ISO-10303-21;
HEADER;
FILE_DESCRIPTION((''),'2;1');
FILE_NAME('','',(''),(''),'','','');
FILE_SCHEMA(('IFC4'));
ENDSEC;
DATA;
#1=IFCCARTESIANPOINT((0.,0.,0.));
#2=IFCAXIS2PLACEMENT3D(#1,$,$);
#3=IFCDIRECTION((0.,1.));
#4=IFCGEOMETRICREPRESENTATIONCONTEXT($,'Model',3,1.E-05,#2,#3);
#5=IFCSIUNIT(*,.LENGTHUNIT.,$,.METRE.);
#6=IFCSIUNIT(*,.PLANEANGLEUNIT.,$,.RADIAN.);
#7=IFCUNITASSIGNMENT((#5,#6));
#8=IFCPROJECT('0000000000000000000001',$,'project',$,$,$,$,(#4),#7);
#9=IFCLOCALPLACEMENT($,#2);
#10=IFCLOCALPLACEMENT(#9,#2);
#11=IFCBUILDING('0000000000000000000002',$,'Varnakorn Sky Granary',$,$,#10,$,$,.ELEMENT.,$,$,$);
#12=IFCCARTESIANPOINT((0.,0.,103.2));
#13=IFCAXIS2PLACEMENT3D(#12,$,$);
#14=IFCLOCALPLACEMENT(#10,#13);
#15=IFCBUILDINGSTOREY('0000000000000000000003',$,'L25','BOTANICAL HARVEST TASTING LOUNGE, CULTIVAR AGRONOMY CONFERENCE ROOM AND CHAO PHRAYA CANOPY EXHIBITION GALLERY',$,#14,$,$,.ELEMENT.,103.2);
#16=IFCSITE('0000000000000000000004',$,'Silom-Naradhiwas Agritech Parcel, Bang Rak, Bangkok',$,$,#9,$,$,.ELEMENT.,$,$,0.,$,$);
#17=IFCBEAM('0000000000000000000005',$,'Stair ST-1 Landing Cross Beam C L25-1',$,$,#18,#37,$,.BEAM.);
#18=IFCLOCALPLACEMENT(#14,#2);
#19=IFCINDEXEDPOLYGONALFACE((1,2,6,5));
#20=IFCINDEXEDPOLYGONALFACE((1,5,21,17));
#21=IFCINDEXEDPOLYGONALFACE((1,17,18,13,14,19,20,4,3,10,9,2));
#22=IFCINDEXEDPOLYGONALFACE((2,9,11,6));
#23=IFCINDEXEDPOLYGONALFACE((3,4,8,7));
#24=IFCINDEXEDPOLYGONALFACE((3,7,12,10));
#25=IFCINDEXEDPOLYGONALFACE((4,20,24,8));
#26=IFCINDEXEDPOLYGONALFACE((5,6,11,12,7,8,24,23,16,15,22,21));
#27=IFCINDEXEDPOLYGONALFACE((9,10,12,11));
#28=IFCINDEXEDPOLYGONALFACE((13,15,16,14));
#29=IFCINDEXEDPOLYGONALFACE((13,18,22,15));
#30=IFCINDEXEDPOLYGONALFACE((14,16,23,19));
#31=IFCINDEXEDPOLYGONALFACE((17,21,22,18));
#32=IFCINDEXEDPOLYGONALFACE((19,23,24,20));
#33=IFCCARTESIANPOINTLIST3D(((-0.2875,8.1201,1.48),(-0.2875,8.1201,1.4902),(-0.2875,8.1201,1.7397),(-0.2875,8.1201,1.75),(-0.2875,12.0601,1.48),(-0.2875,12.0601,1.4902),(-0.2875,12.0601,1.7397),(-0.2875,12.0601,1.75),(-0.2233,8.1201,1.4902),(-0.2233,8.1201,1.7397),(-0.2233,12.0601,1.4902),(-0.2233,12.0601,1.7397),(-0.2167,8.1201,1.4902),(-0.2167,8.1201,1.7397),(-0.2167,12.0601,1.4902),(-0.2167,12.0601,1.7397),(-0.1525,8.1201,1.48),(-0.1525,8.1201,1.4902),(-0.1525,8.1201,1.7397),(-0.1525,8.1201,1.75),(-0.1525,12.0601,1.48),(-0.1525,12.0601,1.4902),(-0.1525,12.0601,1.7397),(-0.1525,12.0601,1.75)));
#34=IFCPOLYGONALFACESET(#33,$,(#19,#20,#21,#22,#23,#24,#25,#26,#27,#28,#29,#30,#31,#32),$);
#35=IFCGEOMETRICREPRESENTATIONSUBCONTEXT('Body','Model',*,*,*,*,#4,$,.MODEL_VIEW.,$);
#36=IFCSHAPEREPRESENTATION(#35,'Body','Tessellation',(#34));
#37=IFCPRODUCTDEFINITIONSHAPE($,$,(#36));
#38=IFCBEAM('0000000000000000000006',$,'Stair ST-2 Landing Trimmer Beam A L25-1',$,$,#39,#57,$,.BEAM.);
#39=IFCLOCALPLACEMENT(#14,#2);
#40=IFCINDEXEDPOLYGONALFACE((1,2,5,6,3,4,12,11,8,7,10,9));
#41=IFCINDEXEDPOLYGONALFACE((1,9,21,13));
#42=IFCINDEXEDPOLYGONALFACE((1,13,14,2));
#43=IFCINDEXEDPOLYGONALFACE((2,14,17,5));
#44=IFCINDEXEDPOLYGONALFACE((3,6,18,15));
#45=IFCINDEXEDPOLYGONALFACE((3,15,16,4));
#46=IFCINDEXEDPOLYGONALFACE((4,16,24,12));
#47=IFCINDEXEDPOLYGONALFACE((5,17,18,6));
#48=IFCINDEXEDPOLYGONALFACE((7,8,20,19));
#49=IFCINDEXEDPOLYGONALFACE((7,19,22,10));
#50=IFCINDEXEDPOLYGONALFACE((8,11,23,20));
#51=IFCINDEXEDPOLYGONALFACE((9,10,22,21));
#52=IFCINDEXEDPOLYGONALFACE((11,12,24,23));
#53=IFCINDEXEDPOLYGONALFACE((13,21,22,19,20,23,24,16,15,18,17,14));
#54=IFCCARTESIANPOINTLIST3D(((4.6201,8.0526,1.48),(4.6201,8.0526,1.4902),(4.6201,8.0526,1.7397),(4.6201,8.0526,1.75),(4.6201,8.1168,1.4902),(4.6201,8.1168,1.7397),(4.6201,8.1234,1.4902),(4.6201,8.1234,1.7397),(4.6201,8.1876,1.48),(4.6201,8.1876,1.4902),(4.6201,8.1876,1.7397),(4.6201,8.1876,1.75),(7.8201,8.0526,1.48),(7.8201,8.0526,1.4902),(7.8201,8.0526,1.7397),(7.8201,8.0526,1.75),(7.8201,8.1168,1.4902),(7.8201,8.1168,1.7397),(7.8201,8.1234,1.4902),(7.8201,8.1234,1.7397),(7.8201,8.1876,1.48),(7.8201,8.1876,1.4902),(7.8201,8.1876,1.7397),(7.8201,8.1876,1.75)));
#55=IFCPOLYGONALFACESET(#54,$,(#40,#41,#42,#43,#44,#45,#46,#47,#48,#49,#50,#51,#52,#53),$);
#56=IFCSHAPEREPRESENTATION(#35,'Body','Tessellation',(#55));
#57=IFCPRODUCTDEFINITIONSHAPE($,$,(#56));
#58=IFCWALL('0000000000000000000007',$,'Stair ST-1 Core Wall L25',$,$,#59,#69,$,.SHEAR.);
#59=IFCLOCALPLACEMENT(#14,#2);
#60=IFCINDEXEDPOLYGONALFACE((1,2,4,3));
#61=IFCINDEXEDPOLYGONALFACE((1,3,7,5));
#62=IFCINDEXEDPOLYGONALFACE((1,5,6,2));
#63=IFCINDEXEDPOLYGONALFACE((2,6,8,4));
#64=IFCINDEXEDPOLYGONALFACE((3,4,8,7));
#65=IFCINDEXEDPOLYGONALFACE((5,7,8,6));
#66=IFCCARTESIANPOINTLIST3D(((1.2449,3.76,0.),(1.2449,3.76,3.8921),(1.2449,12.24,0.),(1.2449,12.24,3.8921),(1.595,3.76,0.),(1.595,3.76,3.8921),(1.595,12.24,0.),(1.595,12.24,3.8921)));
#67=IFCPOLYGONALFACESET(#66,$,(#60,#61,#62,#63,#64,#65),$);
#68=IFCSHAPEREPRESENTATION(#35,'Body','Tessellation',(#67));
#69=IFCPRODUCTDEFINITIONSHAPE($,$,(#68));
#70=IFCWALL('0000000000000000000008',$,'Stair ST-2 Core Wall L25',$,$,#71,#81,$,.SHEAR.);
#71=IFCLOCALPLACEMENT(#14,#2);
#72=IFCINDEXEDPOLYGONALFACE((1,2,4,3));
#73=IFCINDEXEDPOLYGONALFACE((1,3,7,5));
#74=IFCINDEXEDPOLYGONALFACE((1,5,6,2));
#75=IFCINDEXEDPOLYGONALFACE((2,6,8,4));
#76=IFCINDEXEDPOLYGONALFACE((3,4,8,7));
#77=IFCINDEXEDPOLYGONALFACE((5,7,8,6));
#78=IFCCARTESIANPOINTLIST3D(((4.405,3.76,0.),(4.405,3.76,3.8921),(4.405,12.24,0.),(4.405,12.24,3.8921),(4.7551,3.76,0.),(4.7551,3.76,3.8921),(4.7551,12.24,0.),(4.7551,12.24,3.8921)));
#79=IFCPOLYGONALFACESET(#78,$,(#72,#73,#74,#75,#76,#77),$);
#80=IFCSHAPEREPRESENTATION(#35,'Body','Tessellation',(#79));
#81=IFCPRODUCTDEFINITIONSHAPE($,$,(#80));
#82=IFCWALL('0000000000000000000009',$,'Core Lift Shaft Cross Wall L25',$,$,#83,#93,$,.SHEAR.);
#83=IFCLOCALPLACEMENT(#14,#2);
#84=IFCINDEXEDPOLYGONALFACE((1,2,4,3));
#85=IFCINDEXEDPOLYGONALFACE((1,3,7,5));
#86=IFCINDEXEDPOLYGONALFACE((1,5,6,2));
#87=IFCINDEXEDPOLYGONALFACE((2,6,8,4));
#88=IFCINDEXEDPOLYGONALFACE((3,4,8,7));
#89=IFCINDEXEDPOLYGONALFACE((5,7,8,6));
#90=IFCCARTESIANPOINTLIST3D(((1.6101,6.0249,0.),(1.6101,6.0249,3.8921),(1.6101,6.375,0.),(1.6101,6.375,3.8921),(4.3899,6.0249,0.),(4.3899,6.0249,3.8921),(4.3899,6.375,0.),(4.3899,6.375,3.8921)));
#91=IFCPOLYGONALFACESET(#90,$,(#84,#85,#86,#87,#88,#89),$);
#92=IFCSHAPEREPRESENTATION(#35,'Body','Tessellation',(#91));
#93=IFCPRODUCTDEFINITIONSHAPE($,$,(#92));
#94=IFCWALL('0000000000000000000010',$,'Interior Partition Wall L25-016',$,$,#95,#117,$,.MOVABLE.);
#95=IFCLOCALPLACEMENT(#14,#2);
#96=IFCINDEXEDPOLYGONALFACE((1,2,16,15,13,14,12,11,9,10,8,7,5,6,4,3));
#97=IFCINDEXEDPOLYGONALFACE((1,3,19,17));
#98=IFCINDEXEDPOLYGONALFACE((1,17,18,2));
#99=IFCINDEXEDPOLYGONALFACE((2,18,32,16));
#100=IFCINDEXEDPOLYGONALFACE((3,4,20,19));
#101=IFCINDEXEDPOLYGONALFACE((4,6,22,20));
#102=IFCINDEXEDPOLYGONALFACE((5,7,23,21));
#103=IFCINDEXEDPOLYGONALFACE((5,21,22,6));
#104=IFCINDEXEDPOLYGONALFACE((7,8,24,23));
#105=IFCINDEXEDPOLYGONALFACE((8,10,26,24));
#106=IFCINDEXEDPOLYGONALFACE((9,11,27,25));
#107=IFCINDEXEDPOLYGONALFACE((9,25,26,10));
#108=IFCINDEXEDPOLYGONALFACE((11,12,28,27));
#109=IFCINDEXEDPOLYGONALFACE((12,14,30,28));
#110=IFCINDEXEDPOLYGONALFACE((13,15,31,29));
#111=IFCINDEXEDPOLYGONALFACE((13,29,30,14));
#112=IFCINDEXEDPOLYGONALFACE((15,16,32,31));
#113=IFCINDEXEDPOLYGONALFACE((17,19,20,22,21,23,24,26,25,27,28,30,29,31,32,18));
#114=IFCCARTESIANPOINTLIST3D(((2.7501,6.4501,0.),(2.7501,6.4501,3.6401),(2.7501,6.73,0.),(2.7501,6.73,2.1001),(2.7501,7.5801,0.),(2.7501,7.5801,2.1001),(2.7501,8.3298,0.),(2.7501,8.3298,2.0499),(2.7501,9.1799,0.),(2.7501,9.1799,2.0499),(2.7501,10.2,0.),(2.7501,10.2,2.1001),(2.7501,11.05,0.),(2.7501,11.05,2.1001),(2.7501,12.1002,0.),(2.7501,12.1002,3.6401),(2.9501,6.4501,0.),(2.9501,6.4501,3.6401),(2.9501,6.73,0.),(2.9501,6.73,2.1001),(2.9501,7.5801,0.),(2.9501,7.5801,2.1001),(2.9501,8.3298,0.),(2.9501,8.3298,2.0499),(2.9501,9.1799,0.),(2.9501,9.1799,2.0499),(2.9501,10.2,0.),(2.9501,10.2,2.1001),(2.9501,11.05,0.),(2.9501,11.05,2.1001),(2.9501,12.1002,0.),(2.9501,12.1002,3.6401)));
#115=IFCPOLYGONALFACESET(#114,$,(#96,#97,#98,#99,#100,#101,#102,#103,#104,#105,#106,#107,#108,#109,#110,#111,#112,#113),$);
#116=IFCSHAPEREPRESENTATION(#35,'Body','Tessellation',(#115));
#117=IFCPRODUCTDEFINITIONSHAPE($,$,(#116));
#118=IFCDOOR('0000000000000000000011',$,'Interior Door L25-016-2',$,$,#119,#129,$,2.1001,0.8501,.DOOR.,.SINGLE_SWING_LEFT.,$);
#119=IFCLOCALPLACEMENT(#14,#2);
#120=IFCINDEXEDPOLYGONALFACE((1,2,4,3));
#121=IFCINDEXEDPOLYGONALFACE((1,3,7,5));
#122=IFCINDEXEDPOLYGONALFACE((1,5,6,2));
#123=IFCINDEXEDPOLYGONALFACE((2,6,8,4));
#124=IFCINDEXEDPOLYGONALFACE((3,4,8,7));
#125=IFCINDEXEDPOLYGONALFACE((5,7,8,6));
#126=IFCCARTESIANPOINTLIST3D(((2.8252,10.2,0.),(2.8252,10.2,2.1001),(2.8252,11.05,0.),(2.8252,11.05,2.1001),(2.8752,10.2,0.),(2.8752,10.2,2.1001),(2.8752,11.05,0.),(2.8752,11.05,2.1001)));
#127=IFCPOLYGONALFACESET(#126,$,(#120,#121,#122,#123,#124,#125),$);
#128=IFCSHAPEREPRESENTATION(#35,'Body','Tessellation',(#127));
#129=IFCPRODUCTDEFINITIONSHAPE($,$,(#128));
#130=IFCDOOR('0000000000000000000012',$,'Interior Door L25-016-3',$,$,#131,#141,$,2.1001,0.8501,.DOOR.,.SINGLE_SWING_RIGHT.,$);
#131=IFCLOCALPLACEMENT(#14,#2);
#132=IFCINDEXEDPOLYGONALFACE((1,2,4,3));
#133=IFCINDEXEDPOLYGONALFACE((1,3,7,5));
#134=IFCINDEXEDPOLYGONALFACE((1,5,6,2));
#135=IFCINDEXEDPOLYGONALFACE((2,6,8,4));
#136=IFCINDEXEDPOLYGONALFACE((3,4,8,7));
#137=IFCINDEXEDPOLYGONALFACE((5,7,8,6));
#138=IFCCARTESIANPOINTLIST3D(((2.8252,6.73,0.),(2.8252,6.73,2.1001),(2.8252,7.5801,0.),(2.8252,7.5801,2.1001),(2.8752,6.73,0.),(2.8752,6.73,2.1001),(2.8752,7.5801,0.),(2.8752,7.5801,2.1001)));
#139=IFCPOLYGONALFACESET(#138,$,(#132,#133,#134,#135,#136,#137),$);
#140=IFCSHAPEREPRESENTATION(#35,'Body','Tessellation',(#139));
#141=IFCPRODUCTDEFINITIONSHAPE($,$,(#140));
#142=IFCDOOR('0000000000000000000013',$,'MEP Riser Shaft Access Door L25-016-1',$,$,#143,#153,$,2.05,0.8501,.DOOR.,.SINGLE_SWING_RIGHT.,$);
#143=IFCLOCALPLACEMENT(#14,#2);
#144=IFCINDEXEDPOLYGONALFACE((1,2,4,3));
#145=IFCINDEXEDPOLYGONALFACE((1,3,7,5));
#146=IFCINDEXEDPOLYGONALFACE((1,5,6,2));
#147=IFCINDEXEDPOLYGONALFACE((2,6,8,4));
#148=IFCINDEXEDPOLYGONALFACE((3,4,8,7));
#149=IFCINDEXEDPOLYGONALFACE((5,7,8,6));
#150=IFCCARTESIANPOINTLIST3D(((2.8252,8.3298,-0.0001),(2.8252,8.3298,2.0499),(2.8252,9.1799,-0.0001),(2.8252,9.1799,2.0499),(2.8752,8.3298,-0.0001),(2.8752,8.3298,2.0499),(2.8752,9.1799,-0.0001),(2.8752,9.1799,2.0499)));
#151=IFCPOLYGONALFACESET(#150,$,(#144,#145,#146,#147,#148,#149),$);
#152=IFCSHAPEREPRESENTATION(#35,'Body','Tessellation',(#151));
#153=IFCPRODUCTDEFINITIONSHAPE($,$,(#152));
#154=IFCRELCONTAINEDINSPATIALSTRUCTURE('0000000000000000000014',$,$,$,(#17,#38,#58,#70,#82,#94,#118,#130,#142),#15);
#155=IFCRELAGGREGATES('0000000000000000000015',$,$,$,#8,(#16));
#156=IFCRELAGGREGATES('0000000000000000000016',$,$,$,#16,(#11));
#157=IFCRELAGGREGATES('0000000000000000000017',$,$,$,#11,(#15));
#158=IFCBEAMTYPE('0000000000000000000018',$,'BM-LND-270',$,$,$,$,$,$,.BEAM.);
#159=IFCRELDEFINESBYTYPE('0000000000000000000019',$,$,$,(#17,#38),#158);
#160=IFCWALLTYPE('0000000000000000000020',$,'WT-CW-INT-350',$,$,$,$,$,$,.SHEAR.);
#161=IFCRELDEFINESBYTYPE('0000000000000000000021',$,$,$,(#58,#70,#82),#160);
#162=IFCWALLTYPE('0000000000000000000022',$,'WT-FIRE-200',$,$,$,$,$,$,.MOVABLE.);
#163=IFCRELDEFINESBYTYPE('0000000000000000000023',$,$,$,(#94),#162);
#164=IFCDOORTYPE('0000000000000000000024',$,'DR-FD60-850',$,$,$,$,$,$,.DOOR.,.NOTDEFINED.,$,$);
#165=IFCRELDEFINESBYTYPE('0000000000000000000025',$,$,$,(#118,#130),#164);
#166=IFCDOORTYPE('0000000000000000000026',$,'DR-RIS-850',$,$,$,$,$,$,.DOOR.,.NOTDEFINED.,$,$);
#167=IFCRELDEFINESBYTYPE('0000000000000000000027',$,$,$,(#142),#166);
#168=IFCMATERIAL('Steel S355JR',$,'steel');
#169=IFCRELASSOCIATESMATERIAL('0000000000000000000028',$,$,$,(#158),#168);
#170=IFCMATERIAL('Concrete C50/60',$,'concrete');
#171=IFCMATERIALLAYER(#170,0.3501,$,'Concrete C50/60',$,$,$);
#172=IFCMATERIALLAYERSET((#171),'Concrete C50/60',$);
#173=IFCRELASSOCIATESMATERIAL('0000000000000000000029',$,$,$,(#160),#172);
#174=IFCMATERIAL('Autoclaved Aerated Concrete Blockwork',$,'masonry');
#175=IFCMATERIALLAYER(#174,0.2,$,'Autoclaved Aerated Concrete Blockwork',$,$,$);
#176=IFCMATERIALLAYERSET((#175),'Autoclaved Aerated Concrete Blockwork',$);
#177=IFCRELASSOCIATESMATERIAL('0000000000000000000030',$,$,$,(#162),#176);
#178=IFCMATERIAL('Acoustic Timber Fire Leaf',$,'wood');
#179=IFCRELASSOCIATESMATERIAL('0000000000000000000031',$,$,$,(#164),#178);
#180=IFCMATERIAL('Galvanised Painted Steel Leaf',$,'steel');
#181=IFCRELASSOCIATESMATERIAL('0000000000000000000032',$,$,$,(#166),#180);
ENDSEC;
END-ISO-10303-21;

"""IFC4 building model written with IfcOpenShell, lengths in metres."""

from ifc_helpers import new_model, si_unit, direction, frame, frame_2d, origin, origin_2d, place, context, subcontext, project, spatial, rectangle, i_section, extrude, material, layer, layer_set, material_profile, profile_set, type_object, element, fill, save


model = new_model("IFC4")

# Units and contexts
model_context = context("Model", 3, precision=1e-05, world=origin(), true_north=direction((0.0, 1.0)))
body_context = subcontext(model_context, "Body", "Model", "MODEL_VIEW")
ifc_project = project(units=[si_unit("LENGTHUNIT", "METRE"), si_unit("PLANEANGLEUNIT", "RADIAN")], contexts=[model_context])

# Site, building, storey
site_placement = place(None, origin())
site = spatial("IfcSite", under=ifc_project, at=site_placement, Name="Silom-Naradhiwas Agritech Parcel, Bang Rak, Bangkok", CompositionType="ELEMENT", RefElevation=0.0)
building_placement = place(site_placement, origin())
building = spatial("IfcBuilding", under=site, at=building_placement, Name="Varnakorn Sky Granary", CompositionType="ELEMENT")
storey_placement = place(building_placement, frame((0.0, 0.0, 103.2)))
storey = spatial("IfcBuildingStorey", under=building, at=storey_placement, Name="L25", Description="BOTANICAL HARVEST TASTING LOUNGE, CULTIVAR AGRONOMY CONFERENCE ROOM AND CHAO PHRAYA CANOPY EXHIBITION GALLERY", CompositionType="ELEMENT", Elevation=103.2)

# Beams
ifc_material_1 = material(Name="Steel S355JR", Category="steel")
ifc_material_profile = material_profile(ifc_material_1, i_section(OverallWidth=0.135, OverallDepth=0.27, WebThickness=0.0066, FlangeThickness=0.0103, at=origin_2d()), Name="IPE 270")
ifc_profile_set = profile_set([ifc_material_profile], Name="Steel S355JR")
beam_type = type_object("IfcBeamType", Name="BM-LND-270", PredefinedType="BEAM", material=ifc_profile_set)
beam_1_placement = place(storey_placement, frame((-0.22, 8.1201, 1.615), z_axis=(0.0, 1.0, 0.0), x_axis=(-1.0, 0.0, 0.0)))
element("IfcBeam", 1, at=beam_1_placement, inside=storey, type_object=beam_type, Name="Stair ST-1 Landing Cross Beam C L25-1", PredefinedType="BEAM", context=body_context, shape_type="SweptSolid", body=[
    extrude(i_section(OverallWidth=0.135, OverallDepth=0.27, WebThickness=0.0066, FlangeThickness=0.0103, at=origin_2d()), origin(), (0.0, 0.0, 1.0), 3.9399),
])
beam_2_placement = place(storey_placement, frame((4.6201, 8.1201, 1.615), z_axis=(1.0, 0.0, 0.0), x_axis=(0.0, 1.0, 0.0)))
element("IfcBeam", 2, at=beam_2_placement, inside=storey, type_object=beam_type, Name="Stair ST-2 Landing Trimmer Beam A L25-1", PredefinedType="BEAM", context=body_context, shape_type="SweptSolid", body=[
    extrude(i_section(OverallWidth=0.135, OverallDepth=0.27, WebThickness=0.0066, FlangeThickness=0.0103, at=origin_2d()), origin(), (0.0, 0.0, 1.0), 3.2),
])

# Walls
ifc_material_2 = material(Name="Concrete C50/60", Category="concrete")
ifc_layer_1 = layer(ifc_material_2, 0.3501, Name="Concrete C50/60")
ifc_layer_set_1 = layer_set([ifc_layer_1], Name="Concrete C50/60")
wall_type_1 = type_object("IfcWallType", Name="WT-CW-INT-350", PredefinedType="SHEAR", material=ifc_layer_set_1)
for number, where, z_axis, x_axis, name in (
    (3, (1.4199, 3.76, 0.0), (0.0, 0.0, 1.0), (0.0, 1.0, 0.0), "Stair ST-1 Core Wall L25"),
    (4, (4.5801, 3.76, 0.0), (0.0, 0.0, 1.0), (0.0, 1.0, 0.0), "Stair ST-2 Core Wall L25"),
):
    element("IfcWall", number, at=place(storey_placement, frame(where, z_axis=z_axis, x_axis=x_axis)), inside=storey, type_object=wall_type_1, Name=name, PredefinedType="SHEAR", context=body_context, shape_type="SweptSolid", body=[
        extrude(rectangle(XDim=8.48, YDim=0.3501, at=frame_2d((4.24, 0.0))), origin(), (0.0, 0.0, 1.0), 3.8921),
    ])
wall_1_placement = place(storey_placement, frame((1.6101, 6.2, 0.0), z_axis=(0.0, 0.0, 1.0), x_axis=(1.0, 0.0, 0.0)))
element("IfcWall", 5, at=wall_1_placement, inside=storey, type_object=wall_type_1, Name="Core Lift Shaft Cross Wall L25", PredefinedType="SHEAR", context=body_context, shape_type="SweptSolid", body=[
    extrude(rectangle(XDim=2.7798, YDim=0.3501, at=frame_2d((1.3899, 0.0))), origin(), (0.0, 0.0, 1.0), 3.8921),
])

# Wall, openings, doors
ifc_material_3 = material(Name="Autoclaved Aerated Concrete Blockwork", Category="masonry")
ifc_layer_2 = layer(ifc_material_3, 0.2, Name="Autoclaved Aerated Concrete Blockwork")
ifc_layer_set_2 = layer_set([ifc_layer_2], Name="Autoclaved Aerated Concrete Blockwork")
wall_type_2 = type_object("IfcWallType", Name="WT-FIRE-200", PredefinedType="MOVABLE", material=ifc_layer_set_2)
wall_2_placement = place(storey_placement, frame((2.8501, 6.45, 0.0), z_axis=(0.0, 0.0, 1.0), x_axis=(0.0, 1.0, 0.0)))
wall_2 = element("IfcWall", 6, at=wall_2_placement, inside=storey, type_object=wall_type_2, Name="Interior Partition Wall L25-016", PredefinedType="MOVABLE", context=body_context, shape_type="SweptSolid", body=[
    extrude(rectangle(XDim=5.6501, YDim=0.2, at=frame_2d((2.8252, 0.0))), origin(), (0.0, 0.0, 1.0), 3.6401),
])
opening_1_placement = place(wall_2_placement, frame((1.8799, 0.0, 0.0)))
opening_1 = element("IfcOpeningElement", 7, at=opening_1_placement, cuts=wall_2, PredefinedType="OPENING", context=body_context, shape_type="SweptSolid", body=[
    extrude(rectangle(XDim=0.8501, YDim=2.05, at=frame_2d((0.425, 1.0249))), frame((0.0, 0.1099, 0.0), z_axis=(0.0, -1.0, 0.0), x_axis=(1.0, 0.0, 0.0)), (0.0, 0.0, 1.0), 0.22),
])
opening_2_placement = place(wall_2_placement, frame((3.75, 0.0, 0.0)))
opening_2 = element("IfcOpeningElement", 8, at=opening_2_placement, cuts=wall_2, PredefinedType="OPENING", context=body_context, shape_type="SweptSolid", body=[
    extrude(rectangle(XDim=0.8501, YDim=2.1001, at=frame_2d((0.425, 1.05))), frame((0.0, 0.1099, 0.0), z_axis=(0.0, -1.0, 0.0), x_axis=(1.0, 0.0, 0.0)), (0.0, 0.0, 1.0), 0.22),
])
opening_3_placement = place(wall_2_placement, frame((0.28, 0.0, 0.0)))
opening_3 = element("IfcOpeningElement", 9, at=opening_3_placement, cuts=wall_2, PredefinedType="OPENING", context=body_context, shape_type="SweptSolid", body=[
    extrude(rectangle(XDim=0.8501, YDim=2.1001, at=frame_2d((0.425, 1.05))), frame((0.0, 0.1099, 0.0), z_axis=(0.0, -1.0, 0.0), x_axis=(1.0, 0.0, 0.0)), (0.0, 0.0, 1.0), 0.22),
])
ifc_material_4 = material(Name="Acoustic Timber Fire Leaf", Category="wood")
door_type_1 = type_object("IfcDoorType", Name="DR-FD60-850", OperationType="NOTDEFINED", PredefinedType="DOOR", material=ifc_material_4)
door_1_placement = place(opening_2_placement, origin())
door_1 = element("IfcDoor", 10, at=door_1_placement, inside=storey, type_object=door_type_1, Name="Interior Door L25-016-2", OperationType="SINGLE_SWING_LEFT", OverallHeight=2.1001, OverallWidth=0.8501, PredefinedType="DOOR", context=body_context, shape_type="SweptSolid", body=[
    extrude(rectangle(XDim=0.8501, YDim=2.1001, at=frame_2d((0.425, 1.05))), frame((0.0, 0.0249, 0.0), z_axis=(0.0, -1.0, 0.0), x_axis=(1.0, 0.0, 0.0)), (0.0, 0.0, 1.0), 0.05),
])
fill(opening_2, door_1)
door_2_placement = place(opening_3_placement, origin())
door_2 = element("IfcDoor", 11, at=door_2_placement, inside=storey, type_object=door_type_1, Name="Interior Door L25-016-3", OperationType="SINGLE_SWING_RIGHT", OverallHeight=2.1001, OverallWidth=0.8501, PredefinedType="DOOR", context=body_context, shape_type="SweptSolid", body=[
    extrude(rectangle(XDim=0.8501, YDim=2.1001, at=frame_2d((0.425, 1.05))), frame((0.0, 0.0249, 0.0), z_axis=(0.0, -1.0, 0.0), x_axis=(1.0, 0.0, 0.0)), (0.0, 0.0, 1.0), 0.05),
])
fill(opening_3, door_2)
ifc_material_5 = material(Name="Galvanised Painted Steel Leaf", Category="steel")
door_type_2 = type_object("IfcDoorType", Name="DR-RIS-850", OperationType="NOTDEFINED", PredefinedType="DOOR", material=ifc_material_5)
door_3_placement = place(opening_1_placement, origin())
door_3 = element("IfcDoor", 12, at=door_3_placement, inside=storey, type_object=door_type_2, Name="MEP Riser Shaft Access Door L25-016-1", OperationType="SINGLE_SWING_RIGHT", OverallHeight=2.05, OverallWidth=0.8501, PredefinedType="DOOR", context=body_context, shape_type="SweptSolid", body=[
    extrude(rectangle(XDim=0.8501, YDim=2.05, at=frame_2d((0.425, 1.0249))), frame((0.0, 0.0249, 0.0), z_axis=(0.0, -1.0, 0.0), x_axis=(1.0, 0.0, 0.0)), (0.0, 0.0, 1.0), 0.05),
])
fill(opening_1, door_3)

save(model, "model.ifc")
